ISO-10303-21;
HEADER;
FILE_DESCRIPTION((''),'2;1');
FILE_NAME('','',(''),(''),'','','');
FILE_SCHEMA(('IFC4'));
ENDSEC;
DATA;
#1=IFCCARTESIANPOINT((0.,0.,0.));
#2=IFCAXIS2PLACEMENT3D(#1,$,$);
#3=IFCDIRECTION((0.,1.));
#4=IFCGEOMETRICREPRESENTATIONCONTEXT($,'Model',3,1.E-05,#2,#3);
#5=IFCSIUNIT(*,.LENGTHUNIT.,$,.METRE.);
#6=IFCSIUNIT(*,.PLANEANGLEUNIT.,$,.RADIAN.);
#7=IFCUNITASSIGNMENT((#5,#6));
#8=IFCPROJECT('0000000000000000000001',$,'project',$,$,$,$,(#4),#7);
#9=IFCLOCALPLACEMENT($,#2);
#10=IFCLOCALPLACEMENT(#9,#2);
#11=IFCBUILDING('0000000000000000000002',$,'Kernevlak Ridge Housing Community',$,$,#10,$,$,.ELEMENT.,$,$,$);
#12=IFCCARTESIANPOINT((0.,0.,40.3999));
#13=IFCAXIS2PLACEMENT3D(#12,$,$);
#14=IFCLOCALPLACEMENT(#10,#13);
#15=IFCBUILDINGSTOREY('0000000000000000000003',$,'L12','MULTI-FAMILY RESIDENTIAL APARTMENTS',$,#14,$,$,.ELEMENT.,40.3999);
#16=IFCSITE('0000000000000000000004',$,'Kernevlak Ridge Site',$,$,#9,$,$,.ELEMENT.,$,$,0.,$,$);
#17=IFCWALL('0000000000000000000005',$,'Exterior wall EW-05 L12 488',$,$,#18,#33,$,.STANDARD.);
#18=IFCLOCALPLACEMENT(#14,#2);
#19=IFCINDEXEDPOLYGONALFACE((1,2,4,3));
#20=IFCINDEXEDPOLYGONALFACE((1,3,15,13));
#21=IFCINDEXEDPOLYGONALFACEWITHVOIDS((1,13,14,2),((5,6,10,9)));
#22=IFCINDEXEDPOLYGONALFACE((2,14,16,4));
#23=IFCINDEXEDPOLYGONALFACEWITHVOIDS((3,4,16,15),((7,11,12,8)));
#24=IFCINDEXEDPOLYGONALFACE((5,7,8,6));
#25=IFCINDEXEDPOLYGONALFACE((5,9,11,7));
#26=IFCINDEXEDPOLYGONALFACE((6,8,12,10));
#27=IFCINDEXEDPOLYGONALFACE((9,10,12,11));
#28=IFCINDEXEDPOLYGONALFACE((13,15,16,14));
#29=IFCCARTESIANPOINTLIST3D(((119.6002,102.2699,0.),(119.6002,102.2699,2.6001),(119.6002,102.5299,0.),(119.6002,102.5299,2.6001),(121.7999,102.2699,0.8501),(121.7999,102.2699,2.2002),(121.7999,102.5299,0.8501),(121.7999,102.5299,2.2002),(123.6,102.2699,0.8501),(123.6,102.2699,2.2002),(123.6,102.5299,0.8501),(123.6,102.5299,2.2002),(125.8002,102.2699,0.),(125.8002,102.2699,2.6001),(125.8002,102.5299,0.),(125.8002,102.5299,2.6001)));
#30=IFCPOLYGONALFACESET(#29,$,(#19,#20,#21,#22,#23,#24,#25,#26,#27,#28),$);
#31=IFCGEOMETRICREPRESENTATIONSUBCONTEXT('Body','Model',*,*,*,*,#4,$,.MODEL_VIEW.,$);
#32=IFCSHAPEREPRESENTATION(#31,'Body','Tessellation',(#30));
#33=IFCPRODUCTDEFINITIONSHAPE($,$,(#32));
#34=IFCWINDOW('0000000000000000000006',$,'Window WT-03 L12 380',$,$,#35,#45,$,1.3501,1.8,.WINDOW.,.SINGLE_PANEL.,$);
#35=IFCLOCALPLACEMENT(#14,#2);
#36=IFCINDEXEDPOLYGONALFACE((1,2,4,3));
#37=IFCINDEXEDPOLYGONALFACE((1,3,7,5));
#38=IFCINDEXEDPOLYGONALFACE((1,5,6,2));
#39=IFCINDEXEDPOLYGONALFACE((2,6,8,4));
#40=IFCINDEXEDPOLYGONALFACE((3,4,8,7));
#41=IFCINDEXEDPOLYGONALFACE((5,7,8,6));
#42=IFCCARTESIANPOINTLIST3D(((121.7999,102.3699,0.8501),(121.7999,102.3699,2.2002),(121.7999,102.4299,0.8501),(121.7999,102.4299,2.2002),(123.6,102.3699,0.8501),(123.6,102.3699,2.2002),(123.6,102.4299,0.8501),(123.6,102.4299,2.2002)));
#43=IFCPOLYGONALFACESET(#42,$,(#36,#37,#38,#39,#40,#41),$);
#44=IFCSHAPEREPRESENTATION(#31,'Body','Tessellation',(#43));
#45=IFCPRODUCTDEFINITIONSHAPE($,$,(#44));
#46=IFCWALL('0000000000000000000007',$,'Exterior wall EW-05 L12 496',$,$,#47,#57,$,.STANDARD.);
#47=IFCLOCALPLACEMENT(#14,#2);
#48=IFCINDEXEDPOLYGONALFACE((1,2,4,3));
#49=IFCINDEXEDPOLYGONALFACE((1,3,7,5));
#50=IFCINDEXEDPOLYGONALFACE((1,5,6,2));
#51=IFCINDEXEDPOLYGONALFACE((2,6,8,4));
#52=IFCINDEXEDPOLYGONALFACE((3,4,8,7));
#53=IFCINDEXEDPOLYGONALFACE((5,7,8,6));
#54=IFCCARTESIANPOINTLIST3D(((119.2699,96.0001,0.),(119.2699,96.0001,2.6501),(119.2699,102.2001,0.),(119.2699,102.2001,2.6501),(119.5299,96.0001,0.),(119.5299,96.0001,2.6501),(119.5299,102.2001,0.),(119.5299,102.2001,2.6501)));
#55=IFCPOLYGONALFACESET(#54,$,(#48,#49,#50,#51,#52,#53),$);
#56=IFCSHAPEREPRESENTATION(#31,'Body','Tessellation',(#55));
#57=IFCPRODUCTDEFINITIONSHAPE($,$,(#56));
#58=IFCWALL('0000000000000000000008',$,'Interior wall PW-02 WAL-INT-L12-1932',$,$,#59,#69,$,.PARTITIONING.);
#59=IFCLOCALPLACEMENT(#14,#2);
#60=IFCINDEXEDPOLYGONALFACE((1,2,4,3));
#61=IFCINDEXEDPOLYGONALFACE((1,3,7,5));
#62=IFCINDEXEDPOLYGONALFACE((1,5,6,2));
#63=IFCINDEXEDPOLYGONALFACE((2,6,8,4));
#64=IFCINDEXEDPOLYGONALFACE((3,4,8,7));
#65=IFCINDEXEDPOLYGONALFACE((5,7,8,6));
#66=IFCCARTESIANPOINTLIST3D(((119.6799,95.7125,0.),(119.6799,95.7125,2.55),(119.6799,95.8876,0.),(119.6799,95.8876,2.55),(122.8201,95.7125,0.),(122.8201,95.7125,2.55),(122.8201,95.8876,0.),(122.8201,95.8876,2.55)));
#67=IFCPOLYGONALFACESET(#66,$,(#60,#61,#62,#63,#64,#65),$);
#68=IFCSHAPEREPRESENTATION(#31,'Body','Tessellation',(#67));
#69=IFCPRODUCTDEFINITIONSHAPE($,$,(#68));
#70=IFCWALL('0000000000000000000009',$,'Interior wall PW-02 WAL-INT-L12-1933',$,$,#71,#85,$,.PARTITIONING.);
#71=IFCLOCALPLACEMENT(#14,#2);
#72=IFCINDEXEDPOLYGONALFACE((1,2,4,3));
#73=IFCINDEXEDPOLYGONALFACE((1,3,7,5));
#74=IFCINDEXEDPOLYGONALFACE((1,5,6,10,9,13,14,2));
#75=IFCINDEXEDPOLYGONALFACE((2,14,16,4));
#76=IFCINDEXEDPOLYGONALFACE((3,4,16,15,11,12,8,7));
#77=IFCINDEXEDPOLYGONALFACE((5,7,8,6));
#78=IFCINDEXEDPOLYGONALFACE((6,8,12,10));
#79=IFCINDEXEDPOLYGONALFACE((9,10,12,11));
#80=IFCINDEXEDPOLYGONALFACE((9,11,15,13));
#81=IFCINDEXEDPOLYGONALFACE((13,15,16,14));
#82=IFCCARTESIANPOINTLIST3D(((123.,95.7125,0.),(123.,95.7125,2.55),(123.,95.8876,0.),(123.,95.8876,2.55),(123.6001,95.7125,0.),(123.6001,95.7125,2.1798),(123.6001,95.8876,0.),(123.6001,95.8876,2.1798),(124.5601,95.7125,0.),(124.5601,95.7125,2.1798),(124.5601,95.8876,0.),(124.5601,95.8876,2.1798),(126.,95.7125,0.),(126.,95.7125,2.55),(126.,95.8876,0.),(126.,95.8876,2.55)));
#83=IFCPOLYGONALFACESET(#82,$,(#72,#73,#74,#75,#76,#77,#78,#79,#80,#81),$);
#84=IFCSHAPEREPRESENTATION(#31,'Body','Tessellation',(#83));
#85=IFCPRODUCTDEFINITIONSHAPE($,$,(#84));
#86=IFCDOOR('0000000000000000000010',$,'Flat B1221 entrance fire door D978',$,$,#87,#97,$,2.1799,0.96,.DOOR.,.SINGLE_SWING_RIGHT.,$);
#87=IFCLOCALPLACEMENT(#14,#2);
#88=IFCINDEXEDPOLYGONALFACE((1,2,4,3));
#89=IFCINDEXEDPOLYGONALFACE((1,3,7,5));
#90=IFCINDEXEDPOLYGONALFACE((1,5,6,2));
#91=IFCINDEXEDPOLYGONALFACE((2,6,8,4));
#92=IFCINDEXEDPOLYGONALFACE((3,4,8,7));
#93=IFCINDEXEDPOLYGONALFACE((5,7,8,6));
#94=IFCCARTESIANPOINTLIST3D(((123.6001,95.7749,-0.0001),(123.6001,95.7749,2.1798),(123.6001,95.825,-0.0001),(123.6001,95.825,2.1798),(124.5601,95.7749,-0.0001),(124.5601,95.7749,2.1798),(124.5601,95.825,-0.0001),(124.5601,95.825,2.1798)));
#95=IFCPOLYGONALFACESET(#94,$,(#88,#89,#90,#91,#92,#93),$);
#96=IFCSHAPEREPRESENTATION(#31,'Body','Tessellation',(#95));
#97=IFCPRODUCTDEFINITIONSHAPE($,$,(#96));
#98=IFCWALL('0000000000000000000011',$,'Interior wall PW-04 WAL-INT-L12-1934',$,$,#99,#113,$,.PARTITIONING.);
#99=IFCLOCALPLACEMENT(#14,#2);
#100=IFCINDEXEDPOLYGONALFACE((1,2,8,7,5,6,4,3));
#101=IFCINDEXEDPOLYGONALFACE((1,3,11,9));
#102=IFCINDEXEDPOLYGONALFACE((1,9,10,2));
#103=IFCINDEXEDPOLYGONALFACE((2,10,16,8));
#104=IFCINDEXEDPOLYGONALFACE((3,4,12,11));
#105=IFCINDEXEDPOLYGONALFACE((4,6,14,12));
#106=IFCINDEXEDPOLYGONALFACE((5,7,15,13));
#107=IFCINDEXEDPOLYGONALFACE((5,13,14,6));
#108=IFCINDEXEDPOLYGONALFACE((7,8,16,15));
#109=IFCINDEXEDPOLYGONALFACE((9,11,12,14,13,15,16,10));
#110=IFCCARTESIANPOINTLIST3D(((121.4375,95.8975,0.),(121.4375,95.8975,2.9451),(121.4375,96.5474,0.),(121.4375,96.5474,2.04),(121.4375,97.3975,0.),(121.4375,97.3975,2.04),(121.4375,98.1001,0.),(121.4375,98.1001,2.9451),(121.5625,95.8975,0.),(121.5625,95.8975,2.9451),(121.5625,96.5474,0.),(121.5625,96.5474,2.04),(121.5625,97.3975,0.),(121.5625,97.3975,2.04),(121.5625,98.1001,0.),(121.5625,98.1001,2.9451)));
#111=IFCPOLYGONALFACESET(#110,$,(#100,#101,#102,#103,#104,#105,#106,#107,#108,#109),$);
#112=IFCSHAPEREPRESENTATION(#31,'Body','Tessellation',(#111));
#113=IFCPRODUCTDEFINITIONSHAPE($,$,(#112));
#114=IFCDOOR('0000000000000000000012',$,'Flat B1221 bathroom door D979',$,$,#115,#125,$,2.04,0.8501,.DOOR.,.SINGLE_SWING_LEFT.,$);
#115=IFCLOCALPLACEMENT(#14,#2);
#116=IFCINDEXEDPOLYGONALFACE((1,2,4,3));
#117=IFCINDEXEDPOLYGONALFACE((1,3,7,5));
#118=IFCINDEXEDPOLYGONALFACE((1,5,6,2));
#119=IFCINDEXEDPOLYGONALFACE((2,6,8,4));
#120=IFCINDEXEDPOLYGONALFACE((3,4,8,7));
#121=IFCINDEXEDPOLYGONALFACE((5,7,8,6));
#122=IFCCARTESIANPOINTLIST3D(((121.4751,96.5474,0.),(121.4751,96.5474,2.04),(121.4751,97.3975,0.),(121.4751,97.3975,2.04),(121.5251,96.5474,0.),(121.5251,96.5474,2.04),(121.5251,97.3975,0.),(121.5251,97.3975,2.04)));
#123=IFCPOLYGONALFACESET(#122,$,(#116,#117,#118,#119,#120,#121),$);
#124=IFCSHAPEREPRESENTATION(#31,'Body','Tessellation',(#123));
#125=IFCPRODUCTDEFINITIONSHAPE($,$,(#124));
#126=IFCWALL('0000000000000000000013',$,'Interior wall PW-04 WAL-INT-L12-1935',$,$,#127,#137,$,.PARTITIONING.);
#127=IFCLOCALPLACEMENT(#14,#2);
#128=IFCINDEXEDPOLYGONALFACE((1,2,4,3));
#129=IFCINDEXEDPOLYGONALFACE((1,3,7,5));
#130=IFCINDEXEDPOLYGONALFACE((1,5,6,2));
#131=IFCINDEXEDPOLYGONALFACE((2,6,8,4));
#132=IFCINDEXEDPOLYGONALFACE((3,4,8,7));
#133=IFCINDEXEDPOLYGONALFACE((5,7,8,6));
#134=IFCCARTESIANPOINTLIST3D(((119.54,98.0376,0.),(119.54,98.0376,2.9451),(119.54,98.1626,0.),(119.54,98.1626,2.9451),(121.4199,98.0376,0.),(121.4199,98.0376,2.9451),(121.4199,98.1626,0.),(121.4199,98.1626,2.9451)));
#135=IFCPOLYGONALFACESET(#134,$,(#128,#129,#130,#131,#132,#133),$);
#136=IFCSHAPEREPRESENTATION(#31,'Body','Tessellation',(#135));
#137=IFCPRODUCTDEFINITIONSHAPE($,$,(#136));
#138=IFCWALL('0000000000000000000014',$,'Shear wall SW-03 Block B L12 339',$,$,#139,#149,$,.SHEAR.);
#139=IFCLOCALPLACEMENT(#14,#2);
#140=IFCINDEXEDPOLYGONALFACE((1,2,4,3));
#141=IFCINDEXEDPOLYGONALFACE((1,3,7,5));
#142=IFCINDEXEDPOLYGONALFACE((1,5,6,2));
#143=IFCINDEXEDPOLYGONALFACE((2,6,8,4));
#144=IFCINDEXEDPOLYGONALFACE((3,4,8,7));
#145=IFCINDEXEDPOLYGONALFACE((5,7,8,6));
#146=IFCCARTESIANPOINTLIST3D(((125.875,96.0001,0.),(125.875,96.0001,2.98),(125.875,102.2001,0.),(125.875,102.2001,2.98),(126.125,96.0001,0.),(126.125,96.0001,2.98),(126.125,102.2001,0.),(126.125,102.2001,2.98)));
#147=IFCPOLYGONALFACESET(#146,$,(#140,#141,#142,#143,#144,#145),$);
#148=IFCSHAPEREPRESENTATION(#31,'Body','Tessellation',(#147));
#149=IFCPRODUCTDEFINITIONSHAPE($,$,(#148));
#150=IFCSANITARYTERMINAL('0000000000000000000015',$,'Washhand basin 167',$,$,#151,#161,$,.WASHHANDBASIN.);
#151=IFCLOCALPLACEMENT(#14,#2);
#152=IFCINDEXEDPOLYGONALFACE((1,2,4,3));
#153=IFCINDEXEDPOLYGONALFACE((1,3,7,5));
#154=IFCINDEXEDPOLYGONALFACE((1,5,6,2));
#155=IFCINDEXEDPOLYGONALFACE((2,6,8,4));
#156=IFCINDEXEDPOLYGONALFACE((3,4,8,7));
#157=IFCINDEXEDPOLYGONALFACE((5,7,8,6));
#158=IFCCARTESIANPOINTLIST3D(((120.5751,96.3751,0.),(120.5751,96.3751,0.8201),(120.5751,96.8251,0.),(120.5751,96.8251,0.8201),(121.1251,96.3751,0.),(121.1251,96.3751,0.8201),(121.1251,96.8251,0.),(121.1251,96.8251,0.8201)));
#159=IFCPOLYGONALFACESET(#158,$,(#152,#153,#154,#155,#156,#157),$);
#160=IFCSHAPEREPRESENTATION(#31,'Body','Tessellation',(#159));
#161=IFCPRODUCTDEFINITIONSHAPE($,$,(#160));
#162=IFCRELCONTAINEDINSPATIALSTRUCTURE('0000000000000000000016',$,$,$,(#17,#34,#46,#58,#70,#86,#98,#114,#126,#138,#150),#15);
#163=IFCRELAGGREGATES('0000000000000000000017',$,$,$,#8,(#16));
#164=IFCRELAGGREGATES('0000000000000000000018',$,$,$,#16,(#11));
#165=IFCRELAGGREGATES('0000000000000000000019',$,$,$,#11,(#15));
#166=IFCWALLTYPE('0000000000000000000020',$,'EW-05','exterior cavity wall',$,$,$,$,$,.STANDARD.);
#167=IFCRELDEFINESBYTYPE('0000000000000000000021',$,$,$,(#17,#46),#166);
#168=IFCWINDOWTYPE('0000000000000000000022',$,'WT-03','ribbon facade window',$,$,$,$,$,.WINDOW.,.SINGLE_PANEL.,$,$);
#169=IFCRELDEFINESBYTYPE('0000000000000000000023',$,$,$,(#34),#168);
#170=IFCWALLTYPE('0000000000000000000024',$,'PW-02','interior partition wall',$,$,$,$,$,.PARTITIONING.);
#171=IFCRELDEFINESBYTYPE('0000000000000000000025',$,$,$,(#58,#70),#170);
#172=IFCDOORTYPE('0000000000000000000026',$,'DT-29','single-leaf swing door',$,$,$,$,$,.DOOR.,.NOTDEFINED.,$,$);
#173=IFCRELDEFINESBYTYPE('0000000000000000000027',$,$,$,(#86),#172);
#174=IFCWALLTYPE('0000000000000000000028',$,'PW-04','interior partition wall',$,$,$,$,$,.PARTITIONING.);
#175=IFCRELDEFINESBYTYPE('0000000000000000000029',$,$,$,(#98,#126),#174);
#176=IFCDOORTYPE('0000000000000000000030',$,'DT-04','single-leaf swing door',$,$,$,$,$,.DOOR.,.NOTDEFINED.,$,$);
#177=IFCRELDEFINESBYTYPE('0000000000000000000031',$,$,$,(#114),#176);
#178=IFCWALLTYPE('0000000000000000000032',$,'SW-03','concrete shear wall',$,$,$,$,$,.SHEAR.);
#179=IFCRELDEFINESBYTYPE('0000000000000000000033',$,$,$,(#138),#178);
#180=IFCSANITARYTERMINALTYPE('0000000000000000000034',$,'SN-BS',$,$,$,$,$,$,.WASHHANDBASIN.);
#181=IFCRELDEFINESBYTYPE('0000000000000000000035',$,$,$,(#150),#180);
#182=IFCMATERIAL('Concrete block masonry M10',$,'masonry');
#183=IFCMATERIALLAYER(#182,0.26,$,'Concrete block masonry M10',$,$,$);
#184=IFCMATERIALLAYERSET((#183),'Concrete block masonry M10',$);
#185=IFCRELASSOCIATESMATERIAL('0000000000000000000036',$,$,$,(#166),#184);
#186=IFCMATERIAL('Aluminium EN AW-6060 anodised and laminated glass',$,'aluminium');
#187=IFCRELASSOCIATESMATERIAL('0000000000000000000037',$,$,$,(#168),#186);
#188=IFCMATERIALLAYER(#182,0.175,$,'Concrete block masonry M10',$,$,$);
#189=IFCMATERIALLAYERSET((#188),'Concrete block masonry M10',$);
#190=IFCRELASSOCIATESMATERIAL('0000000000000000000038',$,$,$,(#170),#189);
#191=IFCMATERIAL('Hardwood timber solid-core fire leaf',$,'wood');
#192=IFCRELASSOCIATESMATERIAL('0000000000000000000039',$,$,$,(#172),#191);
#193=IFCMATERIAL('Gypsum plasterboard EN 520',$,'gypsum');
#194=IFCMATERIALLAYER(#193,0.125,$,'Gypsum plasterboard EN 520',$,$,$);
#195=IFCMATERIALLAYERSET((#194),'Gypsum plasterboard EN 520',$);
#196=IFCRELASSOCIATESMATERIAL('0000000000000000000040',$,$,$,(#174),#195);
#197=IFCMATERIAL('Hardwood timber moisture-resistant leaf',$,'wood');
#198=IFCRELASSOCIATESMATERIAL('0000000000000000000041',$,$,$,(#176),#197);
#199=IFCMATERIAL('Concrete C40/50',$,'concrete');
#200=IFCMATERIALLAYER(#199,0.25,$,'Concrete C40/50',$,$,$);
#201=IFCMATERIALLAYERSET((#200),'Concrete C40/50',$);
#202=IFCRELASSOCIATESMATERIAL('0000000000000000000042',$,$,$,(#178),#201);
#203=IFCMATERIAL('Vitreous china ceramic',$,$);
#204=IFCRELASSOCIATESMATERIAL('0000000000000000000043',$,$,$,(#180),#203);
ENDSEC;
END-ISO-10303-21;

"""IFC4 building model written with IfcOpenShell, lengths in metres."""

from ifc_helpers import new_model, si_unit, direction, frame, frame_2d, origin, origin_2d, place, context, subcontext, project, spatial, rectangle, extrude, material, layer, layer_set, type_object, element, fill, save


model = new_model("IFC4")

# Units and contexts
model_context = context("Model", 3, precision=1e-05, world=origin(), true_north=direction((0.0, 1.0)))
body_context = subcontext(model_context, "Body", "Model", "MODEL_VIEW")
ifc_project = project(units=[si_unit("LENGTHUNIT", "METRE"), si_unit("PLANEANGLEUNIT", "RADIAN")], contexts=[model_context])

# Site, building, storey
site_placement = place(None, origin())
site = spatial("IfcSite", under=ifc_project, at=site_placement, Name="Kernevlak Ridge Site", CompositionType="ELEMENT", RefElevation=0.0)
building_placement = place(site_placement, origin())
building = spatial("IfcBuilding", under=site, at=building_placement, Name="Kernevlak Ridge Housing Community", CompositionType="ELEMENT")
storey_placement = place(building_placement, frame((0.0, 0.0, 40.3999)))
storey = spatial("IfcBuildingStorey", under=building, at=storey_placement, Name="L12", Description="MULTI-FAMILY RESIDENTIAL APARTMENTS", CompositionType="ELEMENT", Elevation=40.3999)

# Shared definitions
ifc_material_1 = material(Name="Aluminium EN AW-6060 anodised and laminated glass", Category="aluminium")

# Wall, opening, window
ifc_material_2 = material(Name="Concrete block masonry M10", Category="masonry")
ifc_layer_1 = layer(ifc_material_2, 0.26, Name="Concrete block masonry M10")
ifc_layer_set_1 = layer_set([ifc_layer_1], Name="Concrete block masonry M10")
wall_type_1 = type_object("IfcWallType", Name="EW-05", Description="exterior cavity wall", PredefinedType="STANDARD", material=ifc_layer_set_1)
wall_1_placement = place(storey_placement, frame((119.6001, 102.3999, 0.0), z_axis=(0.0, 0.0, 1.0), x_axis=(1.0, 0.0, 0.0)))
wall_1 = element("IfcWall", 1, at=wall_1_placement, inside=storey, type_object=wall_type_1, Name="Exterior wall EW-05 L12 488", PredefinedType="STANDARD", context=body_context, shape_type="SweptSolid", body=[
    extrude(rectangle(XDim=6.2, YDim=0.26, at=frame_2d((3.1001, 0.0))), origin(), (0.0, 0.0, 1.0), 2.6001),
])
opening_1_placement = place(wall_1_placement, frame((2.2, 0.0, 0.8501)))
opening_1 = element("IfcOpeningElement", 2, at=opening_1_placement, cuts=wall_1, PredefinedType="OPENING", context=body_context, shape_type="SweptSolid", body=[
    extrude(rectangle(XDim=1.8, YDim=1.3501, at=frame_2d((0.8999, 0.675))), frame((0.0, 0.1399, 0.0), z_axis=(0.0, -1.0, 0.0), x_axis=(1.0, 0.0, 0.0)), (0.0, 0.0, 1.0), 0.28),
])
window_type = type_object("IfcWindowType", Name="WT-03", Description="ribbon facade window", PartitioningType="SINGLE_PANEL", PredefinedType="WINDOW", material=ifc_material_1)
window_placement = place(opening_1_placement, origin())
window = element("IfcWindow", 3, at=window_placement, inside=storey, type_object=window_type, Name="Window WT-03 L12 380", OverallHeight=1.3501, OverallWidth=1.8, PartitioningType="SINGLE_PANEL", PredefinedType="WINDOW", context=body_context, shape_type="SweptSolid", body=[
    extrude(rectangle(XDim=1.8, YDim=1.3501, at=frame_2d((0.8999, 0.675))), frame((0.0, 0.03, 0.0), z_axis=(0.0, -1.0, 0.0), x_axis=(1.0, 0.0, 0.0)), (0.0, 0.0, 1.0), 0.0601),
])
fill(opening_1, window)

# Walls
wall_2_placement = place(storey_placement, frame((119.3999, 96.0, 0.0), z_axis=(0.0, 0.0, 1.0), x_axis=(0.0, 1.0, 0.0)))
element("IfcWall", 4, at=wall_2_placement, inside=storey, type_object=wall_type_1, Name="Exterior wall EW-05 L12 496", PredefinedType="STANDARD", context=body_context, shape_type="SweptSolid", body=[
    extrude(rectangle(XDim=6.2, YDim=0.26, at=frame_2d((3.1001, 0.0))), origin(), (0.0, 0.0, 1.0), 2.6501),
])
ifc_layer_2 = layer(ifc_material_2, 0.175, Name="Concrete block masonry M10")
ifc_layer_set_2 = layer_set([ifc_layer_2], Name="Concrete block masonry M10")
wall_type_2 = type_object("IfcWallType", Name="PW-02", Description="interior partition wall", PredefinedType="PARTITIONING", material=ifc_layer_set_2)
wall_3_placement = place(storey_placement, frame((119.6799, 95.8, 0.0), z_axis=(0.0, 0.0, 1.0), x_axis=(1.0, 0.0, 0.0)))
element("IfcWall", 5, at=wall_3_placement, inside=storey, type_object=wall_type_2, Name="Interior wall PW-02 WAL-INT-L12-1932", PredefinedType="PARTITIONING", context=body_context, shape_type="SweptSolid", body=[
    extrude(rectangle(XDim=3.1401, YDim=0.175, at=frame_2d((1.5701, 0.0))), origin(), (0.0, 0.0, 1.0), 2.55),
])

# Walls, openings, doors
wall_4_placement = place(storey_placement, frame((123.0, 95.8, 0.0), z_axis=(0.0, 0.0, 1.0), x_axis=(1.0, 0.0, 0.0)))
wall_4 = element("IfcWall", 6, at=wall_4_placement, inside=storey, type_object=wall_type_2, Name="Interior wall PW-02 WAL-INT-L12-1933", PredefinedType="PARTITIONING", context=body_context, shape_type="SweptSolid", body=[
    extrude(rectangle(XDim=3.0, YDim=0.175, at=frame_2d((1.5, 0.0))), origin(), (0.0, 0.0, 1.0), 2.55),
])
opening_2_placement = place(wall_4_placement, frame((0.6001, 0.0, 0.0)))
opening_2 = element("IfcOpeningElement", 7, at=opening_2_placement, cuts=wall_4, PredefinedType="OPENING", context=body_context, shape_type="SweptSolid", body=[
    extrude(rectangle(XDim=0.96, YDim=2.1799, at=frame_2d((0.48, 1.0898))), frame((0.0, 0.0974, 0.0), z_axis=(0.0, -1.0, 0.0), x_axis=(1.0, 0.0, 0.0)), (0.0, 0.0, 1.0), 0.1951),
])
ifc_material_3 = material(Name="Hardwood timber solid-core fire leaf", Category="wood")
door_type_1 = type_object("IfcDoorType", Name="DT-29", Description="single-leaf swing door", OperationType="NOTDEFINED", PredefinedType="DOOR", material=ifc_material_3)
door_1_placement = place(opening_2_placement, origin())
door_1 = element("IfcDoor", 8, at=door_1_placement, inside=storey, type_object=door_type_1, Name="Flat B1221 entrance fire door D978", OperationType="SINGLE_SWING_RIGHT", OverallHeight=2.1799, OverallWidth=0.96, PredefinedType="DOOR", context=body_context, shape_type="SweptSolid", body=[
    extrude(rectangle(XDim=0.96, YDim=2.1799, at=frame_2d((0.48, 1.0898))), frame((0.0, 0.0249, 0.0), z_axis=(0.0, -1.0, 0.0), x_axis=(1.0, 0.0, 0.0)), (0.0, 0.0, 1.0), 0.05),
])
fill(opening_2, door_1)
ifc_material_4 = material(Name="Gypsum plasterboard EN 520", Category="gypsum")
ifc_layer_3 = layer(ifc_material_4, 0.125, Name="Gypsum plasterboard EN 520")
ifc_layer_set_3 = layer_set([ifc_layer_3], Name="Gypsum plasterboard EN 520")
wall_type_3 = type_object("IfcWallType", Name="PW-04", Description="interior partition wall", PredefinedType="PARTITIONING", material=ifc_layer_set_3)
wall_5_placement = place(storey_placement, frame((121.5, 95.8975, 0.0), z_axis=(0.0, 0.0, 1.0), x_axis=(0.0, 1.0, 0.0)))
wall_5 = element("IfcWall", 9, at=wall_5_placement, inside=storey, type_object=wall_type_3, Name="Interior wall PW-04 WAL-INT-L12-1934", PredefinedType="PARTITIONING", context=body_context, shape_type="SweptSolid", body=[
    extrude(rectangle(XDim=2.2026, YDim=0.125, at=frame_2d((1.1013, 0.0))), origin(), (0.0, 0.0, 1.0), 2.9451),
])
opening_3_placement = place(wall_5_placement, frame((0.6499, 0.0, 0.0)))
opening_3 = element("IfcOpeningElement", 10, at=opening_3_placement, cuts=wall_5, PredefinedType="OPENING", context=body_context, shape_type="SweptSolid", body=[
    extrude(rectangle(XDim=0.8501, YDim=2.04, at=frame_2d((0.425, 1.02))), frame((0.0, 0.0725, 0.0), z_axis=(0.0, -1.0, 0.0), x_axis=(1.0, 0.0, 0.0)), (0.0, 0.0, 1.0), 0.145),
])
ifc_material_5 = material(Name="Hardwood timber moisture-resistant leaf", Category="wood")
door_type_2 = type_object("IfcDoorType", Name="DT-04", Description="single-leaf swing door", OperationType="NOTDEFINED", PredefinedType="DOOR", material=ifc_material_5)
door_2_placement = place(opening_3_placement, origin())
door_2 = element("IfcDoor", 11, at=door_2_placement, inside=storey, type_object=door_type_2, Name="Flat B1221 bathroom door D979", OperationType="SINGLE_SWING_LEFT", OverallHeight=2.04, OverallWidth=0.8501, PredefinedType="DOOR", context=body_context, shape_type="SweptSolid", body=[
    extrude(rectangle(XDim=0.8501, YDim=2.04, at=frame_2d((0.425, 1.02))), frame((0.0, 0.0249, 0.0), z_axis=(0.0, -1.0, 0.0), x_axis=(1.0, 0.0, 0.0)), (0.0, 0.0, 1.0), 0.05),
])
fill(opening_3, door_2)

# Walls
wall_6_placement = place(storey_placement, frame((119.54, 98.1001, 0.0), z_axis=(0.0, 0.0, 1.0), x_axis=(1.0, 0.0, 0.0)))
element("IfcWall", 12, at=wall_6_placement, inside=storey, type_object=wall_type_3, Name="Interior wall PW-04 WAL-INT-L12-1935", PredefinedType="PARTITIONING", context=body_context, shape_type="SweptSolid", body=[
    extrude(rectangle(XDim=1.8799, YDim=0.125, at=frame_2d((0.9399, 0.0))), origin(), (0.0, 0.0, 1.0), 2.9451),
])
ifc_material_6 = material(Name="Concrete C40/50", Category="concrete")
ifc_layer_4 = layer(ifc_material_6, 0.25, Name="Concrete C40/50")
ifc_layer_set_4 = layer_set([ifc_layer_4], Name="Concrete C40/50")
wall_type_4 = type_object("IfcWallType", Name="SW-03", Description="concrete shear wall", PredefinedType="SHEAR", material=ifc_layer_set_4)
wall_7_placement = place(storey_placement, frame((126.0, 96.0, 0.0), z_axis=(0.0, 0.0, 1.0), x_axis=(0.0, 1.0, 0.0)))
element("IfcWall", 13, at=wall_7_placement, inside=storey, type_object=wall_type_4, Name="Shear wall SW-03 Block B L12 339", PredefinedType="SHEAR", context=body_context, shape_type="SweptSolid", body=[
    extrude(rectangle(XDim=6.2, YDim=0.25, at=frame_2d((3.1001, 0.0))), origin(), (0.0, 0.0, 1.0), 2.98),
])

# Sanitary terminal
ifc_material_7 = material(Name="Vitreous china ceramic")
sanitary_terminal_type_1 = type_object("IfcSanitaryTerminalType", Name="SN-BS", PredefinedType="WASHHANDBASIN", material=ifc_material_7)
sanitary_terminal_1_placement = place(storey_placement, frame((120.8501, 96.6001, 0.0), z_axis=(0.0, 0.0, 1.0), x_axis=(1.0, 0.0, 0.0)))
element("IfcSanitaryTerminal", 14, at=sanitary_terminal_1_placement, inside=storey, type_object=sanitary_terminal_type_1, Name="Washhand basin 167", PredefinedType="WASHHANDBASIN", context=body_context, shape_type="SweptSolid", body=[
    extrude(rectangle(XDim=0.55, YDim=0.45, at=origin_2d()), origin(), (0.0, 0.0, 1.0), 0.8201),
])

save(model, "model.ifc")
